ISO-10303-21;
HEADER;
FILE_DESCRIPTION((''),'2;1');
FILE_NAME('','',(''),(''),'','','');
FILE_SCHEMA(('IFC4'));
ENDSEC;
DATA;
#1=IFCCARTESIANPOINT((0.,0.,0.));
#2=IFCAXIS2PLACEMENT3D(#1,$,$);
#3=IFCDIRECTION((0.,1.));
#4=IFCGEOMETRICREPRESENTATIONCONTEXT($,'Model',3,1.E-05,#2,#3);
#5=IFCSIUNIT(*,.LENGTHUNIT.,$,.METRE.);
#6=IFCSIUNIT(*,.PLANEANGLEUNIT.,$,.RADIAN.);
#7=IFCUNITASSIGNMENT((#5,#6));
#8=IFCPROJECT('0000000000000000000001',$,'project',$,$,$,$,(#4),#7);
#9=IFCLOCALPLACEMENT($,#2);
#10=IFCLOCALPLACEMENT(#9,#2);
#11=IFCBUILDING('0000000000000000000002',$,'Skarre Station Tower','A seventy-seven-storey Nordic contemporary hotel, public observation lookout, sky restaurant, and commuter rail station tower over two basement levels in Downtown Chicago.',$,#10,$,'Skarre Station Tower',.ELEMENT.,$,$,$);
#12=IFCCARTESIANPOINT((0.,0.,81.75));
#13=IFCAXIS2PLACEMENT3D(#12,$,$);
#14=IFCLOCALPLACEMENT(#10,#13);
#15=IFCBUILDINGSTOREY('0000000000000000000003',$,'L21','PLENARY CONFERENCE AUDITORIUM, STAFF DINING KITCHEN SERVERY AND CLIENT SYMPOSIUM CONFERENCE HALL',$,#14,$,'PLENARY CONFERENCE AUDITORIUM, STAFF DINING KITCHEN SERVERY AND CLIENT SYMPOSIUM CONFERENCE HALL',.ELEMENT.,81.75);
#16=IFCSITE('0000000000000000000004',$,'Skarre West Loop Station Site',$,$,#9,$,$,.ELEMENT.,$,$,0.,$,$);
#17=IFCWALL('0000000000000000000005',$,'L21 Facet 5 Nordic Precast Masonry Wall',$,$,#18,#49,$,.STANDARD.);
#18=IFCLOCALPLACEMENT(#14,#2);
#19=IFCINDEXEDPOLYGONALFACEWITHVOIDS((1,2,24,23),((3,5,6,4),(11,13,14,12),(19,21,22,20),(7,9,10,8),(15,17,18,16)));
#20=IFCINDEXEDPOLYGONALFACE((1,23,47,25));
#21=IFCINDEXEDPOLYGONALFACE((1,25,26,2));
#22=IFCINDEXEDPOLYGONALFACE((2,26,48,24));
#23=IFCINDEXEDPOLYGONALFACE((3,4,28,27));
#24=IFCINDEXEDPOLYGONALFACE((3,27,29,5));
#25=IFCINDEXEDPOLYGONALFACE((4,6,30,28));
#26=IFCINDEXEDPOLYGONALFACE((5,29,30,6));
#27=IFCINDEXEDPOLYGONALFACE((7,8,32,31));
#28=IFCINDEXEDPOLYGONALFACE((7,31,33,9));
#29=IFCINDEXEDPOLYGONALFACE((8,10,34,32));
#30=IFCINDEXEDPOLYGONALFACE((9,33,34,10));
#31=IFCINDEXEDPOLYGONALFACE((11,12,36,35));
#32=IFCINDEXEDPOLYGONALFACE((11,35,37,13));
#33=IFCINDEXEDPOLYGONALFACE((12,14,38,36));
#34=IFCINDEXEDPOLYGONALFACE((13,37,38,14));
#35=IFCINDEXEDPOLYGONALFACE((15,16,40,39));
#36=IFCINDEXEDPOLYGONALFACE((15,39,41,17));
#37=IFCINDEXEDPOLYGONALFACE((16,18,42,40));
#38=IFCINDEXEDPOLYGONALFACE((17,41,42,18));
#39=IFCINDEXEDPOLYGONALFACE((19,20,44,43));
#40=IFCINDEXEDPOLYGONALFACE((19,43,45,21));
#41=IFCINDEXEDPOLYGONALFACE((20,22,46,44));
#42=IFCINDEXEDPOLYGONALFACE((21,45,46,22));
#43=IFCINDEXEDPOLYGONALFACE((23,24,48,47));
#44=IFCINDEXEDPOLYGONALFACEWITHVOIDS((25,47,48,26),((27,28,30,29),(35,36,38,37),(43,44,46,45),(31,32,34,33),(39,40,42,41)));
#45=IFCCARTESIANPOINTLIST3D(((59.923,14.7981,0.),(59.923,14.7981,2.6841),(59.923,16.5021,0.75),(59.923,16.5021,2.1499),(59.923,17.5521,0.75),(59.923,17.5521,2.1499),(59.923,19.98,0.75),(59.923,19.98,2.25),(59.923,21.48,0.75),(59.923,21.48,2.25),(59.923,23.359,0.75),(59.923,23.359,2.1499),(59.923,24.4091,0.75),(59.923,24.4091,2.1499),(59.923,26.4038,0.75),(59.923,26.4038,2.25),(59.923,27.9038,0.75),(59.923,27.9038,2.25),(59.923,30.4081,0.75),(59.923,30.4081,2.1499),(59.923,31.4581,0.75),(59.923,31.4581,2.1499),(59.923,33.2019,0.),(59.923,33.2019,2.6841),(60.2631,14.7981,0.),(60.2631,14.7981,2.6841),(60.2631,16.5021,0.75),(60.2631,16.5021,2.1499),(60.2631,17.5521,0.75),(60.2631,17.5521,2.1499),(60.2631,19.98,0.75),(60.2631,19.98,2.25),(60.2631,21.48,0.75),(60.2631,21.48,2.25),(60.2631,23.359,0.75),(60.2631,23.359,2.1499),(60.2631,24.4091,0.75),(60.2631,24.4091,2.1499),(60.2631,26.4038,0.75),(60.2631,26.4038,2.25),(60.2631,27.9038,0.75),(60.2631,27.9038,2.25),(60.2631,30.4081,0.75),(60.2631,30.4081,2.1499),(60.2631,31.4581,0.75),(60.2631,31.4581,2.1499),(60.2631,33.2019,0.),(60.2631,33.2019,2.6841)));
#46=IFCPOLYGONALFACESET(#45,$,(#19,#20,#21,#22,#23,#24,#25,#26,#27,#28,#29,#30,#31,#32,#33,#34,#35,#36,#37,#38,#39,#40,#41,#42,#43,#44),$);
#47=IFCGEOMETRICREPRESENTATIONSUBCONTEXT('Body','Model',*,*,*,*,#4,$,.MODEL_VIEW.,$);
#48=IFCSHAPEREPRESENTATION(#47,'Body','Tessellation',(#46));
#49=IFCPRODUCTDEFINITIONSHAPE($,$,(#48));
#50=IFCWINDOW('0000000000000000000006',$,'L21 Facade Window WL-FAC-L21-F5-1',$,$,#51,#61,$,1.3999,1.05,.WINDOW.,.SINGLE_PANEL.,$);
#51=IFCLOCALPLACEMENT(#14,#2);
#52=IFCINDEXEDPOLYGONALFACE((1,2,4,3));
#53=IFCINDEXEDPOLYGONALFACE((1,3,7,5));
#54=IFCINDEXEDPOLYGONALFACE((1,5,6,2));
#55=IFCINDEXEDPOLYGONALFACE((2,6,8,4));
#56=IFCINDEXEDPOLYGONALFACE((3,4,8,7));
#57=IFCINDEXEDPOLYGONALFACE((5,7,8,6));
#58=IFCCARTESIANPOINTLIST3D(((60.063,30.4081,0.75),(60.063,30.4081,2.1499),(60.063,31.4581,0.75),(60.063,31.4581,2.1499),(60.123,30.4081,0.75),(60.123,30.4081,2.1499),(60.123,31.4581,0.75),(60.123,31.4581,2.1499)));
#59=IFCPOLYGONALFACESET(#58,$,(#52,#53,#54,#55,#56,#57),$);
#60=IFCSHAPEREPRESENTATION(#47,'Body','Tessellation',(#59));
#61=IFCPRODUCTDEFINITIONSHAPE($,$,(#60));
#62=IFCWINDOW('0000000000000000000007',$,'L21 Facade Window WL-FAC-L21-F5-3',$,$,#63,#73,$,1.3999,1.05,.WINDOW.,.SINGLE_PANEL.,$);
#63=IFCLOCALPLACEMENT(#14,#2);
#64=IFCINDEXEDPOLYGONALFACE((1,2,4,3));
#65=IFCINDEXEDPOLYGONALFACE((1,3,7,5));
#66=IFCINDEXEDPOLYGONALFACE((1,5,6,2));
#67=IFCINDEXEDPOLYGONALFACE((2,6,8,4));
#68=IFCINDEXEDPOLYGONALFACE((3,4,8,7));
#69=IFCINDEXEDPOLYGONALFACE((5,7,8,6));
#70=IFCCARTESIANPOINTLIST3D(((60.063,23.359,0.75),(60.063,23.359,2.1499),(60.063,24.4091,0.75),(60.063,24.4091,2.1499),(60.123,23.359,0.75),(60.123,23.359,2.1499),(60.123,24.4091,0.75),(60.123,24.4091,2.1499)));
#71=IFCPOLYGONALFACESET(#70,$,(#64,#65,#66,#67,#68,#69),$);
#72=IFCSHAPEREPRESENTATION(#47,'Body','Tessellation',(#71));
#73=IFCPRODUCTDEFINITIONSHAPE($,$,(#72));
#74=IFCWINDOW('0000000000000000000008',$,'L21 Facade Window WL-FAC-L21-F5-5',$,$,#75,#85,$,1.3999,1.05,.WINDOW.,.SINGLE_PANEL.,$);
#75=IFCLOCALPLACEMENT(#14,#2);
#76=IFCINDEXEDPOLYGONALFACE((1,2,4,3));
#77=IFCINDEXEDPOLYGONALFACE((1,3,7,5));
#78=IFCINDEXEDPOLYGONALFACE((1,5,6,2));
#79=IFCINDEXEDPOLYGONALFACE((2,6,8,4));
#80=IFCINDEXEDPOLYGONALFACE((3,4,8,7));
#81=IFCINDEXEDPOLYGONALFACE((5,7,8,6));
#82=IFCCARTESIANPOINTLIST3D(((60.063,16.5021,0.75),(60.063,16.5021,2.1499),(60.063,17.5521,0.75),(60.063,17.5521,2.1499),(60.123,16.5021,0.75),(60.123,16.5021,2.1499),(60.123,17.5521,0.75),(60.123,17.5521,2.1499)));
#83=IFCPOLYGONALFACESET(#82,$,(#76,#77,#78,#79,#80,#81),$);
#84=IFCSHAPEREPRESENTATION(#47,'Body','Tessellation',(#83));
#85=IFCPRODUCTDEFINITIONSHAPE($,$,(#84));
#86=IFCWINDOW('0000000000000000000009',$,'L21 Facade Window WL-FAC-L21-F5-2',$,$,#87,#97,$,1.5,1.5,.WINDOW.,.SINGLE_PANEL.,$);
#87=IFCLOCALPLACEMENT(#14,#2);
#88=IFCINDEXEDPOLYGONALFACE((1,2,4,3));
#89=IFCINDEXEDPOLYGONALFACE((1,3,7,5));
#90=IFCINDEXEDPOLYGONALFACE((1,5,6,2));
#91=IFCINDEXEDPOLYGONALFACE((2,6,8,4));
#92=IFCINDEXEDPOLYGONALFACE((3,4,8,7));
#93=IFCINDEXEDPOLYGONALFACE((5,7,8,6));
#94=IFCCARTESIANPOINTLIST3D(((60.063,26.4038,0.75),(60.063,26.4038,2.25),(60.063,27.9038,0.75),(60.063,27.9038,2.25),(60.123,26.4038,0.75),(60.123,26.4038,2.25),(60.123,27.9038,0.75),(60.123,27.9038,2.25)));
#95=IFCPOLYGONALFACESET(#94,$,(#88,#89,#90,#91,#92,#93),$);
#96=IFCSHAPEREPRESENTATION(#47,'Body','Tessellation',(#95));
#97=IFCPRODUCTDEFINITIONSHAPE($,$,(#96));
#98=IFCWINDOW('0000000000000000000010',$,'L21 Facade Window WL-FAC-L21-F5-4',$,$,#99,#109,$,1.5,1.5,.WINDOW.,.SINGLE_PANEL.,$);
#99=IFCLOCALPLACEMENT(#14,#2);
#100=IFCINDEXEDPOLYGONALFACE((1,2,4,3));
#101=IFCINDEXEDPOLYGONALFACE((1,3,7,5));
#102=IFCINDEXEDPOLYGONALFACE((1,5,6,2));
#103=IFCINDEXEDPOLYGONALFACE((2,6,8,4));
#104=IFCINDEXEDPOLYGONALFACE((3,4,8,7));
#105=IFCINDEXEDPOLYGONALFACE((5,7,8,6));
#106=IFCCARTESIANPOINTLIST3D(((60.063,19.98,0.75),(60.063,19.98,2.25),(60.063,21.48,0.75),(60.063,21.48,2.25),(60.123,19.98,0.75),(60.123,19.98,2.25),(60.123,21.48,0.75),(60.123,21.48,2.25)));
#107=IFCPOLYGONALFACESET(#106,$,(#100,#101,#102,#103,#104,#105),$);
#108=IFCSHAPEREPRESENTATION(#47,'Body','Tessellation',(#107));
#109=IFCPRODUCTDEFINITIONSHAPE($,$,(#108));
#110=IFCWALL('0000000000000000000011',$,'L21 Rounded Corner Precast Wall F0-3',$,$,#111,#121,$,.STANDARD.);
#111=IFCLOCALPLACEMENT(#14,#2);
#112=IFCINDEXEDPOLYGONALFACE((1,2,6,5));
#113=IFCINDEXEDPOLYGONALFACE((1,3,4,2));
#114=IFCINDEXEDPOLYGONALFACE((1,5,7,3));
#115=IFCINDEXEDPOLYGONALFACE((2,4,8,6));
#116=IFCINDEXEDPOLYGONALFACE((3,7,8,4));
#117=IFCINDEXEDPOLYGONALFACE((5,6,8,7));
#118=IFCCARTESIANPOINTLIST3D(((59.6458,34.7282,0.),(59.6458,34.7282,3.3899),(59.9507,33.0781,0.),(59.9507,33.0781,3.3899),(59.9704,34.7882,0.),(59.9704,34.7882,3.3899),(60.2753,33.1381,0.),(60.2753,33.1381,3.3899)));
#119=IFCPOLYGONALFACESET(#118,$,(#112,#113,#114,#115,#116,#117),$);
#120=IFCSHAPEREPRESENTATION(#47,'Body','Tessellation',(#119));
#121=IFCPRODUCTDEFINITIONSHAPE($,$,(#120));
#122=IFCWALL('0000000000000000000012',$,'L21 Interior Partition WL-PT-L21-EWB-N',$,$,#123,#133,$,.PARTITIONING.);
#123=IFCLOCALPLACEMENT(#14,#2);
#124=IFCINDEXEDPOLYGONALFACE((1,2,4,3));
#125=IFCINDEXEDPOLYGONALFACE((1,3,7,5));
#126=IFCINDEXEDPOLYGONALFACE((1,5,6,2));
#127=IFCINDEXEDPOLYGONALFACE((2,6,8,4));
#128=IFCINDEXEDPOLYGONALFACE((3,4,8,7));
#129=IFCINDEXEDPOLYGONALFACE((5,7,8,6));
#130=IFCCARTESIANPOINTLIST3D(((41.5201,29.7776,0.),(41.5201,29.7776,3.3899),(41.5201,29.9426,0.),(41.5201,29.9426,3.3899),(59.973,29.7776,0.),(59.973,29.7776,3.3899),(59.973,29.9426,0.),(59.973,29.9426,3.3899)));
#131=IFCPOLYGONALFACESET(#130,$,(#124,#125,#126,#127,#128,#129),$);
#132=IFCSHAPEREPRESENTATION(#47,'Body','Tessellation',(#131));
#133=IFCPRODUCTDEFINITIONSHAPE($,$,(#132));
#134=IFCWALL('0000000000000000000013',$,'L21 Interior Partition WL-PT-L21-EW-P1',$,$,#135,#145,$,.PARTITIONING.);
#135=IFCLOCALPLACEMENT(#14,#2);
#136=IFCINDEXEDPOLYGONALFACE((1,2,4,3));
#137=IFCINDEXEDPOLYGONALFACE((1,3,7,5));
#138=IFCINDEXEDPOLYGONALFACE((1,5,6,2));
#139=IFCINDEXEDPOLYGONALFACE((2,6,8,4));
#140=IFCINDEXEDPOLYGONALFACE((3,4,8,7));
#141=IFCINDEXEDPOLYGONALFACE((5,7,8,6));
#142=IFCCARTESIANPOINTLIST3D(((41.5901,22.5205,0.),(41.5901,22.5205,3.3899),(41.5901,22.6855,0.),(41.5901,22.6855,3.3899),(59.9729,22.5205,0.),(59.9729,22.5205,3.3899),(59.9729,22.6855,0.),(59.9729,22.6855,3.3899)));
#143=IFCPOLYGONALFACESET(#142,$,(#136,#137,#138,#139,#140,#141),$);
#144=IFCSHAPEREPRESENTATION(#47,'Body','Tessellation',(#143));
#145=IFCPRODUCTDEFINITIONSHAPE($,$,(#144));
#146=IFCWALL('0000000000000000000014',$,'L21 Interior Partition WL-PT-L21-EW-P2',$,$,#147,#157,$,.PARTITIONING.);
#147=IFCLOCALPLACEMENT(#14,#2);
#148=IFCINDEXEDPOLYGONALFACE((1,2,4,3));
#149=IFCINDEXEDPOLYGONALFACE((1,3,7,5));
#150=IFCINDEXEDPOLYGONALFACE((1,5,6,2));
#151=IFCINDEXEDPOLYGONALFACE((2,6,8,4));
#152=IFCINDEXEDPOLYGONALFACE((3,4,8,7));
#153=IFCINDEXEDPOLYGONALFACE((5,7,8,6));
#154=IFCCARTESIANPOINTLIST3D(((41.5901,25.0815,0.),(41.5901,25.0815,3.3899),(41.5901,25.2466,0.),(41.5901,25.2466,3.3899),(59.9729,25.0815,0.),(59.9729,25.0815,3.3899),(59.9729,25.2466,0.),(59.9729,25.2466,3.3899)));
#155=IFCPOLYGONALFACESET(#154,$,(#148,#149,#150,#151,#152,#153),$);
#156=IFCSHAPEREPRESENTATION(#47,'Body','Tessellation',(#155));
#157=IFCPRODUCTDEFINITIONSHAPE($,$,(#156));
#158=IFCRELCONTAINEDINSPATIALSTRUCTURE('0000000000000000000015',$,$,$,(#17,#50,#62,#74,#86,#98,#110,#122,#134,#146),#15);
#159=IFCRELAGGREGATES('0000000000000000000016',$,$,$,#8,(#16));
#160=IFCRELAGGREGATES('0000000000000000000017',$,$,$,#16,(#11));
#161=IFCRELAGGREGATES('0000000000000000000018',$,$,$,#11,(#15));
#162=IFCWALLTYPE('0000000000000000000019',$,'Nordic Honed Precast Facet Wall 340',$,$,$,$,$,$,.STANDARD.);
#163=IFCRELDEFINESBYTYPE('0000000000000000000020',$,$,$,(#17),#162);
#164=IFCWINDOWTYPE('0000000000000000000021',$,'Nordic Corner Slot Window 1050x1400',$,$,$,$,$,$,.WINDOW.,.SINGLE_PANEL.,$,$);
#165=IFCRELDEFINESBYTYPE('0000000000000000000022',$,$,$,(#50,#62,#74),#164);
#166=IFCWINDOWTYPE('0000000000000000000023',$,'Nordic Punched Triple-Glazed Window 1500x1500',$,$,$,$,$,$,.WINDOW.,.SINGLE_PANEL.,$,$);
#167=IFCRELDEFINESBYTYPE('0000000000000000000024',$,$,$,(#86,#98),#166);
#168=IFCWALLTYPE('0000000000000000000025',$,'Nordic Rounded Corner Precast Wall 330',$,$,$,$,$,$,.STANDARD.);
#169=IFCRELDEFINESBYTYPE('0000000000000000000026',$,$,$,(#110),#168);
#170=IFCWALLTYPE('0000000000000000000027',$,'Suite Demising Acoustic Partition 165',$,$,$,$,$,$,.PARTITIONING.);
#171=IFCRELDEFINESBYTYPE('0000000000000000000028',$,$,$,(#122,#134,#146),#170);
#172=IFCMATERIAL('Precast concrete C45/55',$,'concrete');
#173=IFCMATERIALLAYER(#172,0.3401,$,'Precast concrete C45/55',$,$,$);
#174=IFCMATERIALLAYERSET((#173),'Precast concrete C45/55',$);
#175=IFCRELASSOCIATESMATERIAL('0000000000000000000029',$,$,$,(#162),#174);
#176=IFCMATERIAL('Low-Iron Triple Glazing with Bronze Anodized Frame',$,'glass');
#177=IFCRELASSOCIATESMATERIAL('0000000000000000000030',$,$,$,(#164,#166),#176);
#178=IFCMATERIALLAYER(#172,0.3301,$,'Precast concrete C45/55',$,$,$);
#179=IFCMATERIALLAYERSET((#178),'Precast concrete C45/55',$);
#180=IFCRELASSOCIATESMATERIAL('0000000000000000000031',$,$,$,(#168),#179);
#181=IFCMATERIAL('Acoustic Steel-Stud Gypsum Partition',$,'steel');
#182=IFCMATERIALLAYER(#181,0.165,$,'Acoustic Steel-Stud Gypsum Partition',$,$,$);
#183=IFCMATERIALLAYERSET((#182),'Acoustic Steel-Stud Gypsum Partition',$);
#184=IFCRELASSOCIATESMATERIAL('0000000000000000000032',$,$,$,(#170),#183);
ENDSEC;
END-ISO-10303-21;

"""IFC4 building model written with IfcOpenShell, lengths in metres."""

from ifc_helpers import new_model, si_unit, direction, frame, frame_2d, origin, place, context, subcontext, project, spatial, rectangle, extrude, material, layer, layer_set, type_object, element, fill, save


model = new_model("IFC4")

# Units and contexts
model_context = context("Model", 3, precision=1e-05, world=origin(), true_north=direction((0.0, 1.0)))
body_context = subcontext(model_context, "Body", "Model", "MODEL_VIEW")
ifc_project = project(units=[si_unit("LENGTHUNIT", "METRE"), si_unit("PLANEANGLEUNIT", "RADIAN")], contexts=[model_context])

# Site, building, storey
site_placement = place(None, origin())
site = spatial("IfcSite", under=ifc_project, at=site_placement, Name="Skarre West Loop Station Site", CompositionType="ELEMENT", RefElevation=0.0)
building_placement = place(site_placement, origin())
building = spatial("IfcBuilding", under=site, at=building_placement, Name="Skarre Station Tower", Description="A seventy-seven-storey Nordic contemporary hotel, public observation lookout, sky restaurant, and commuter rail station tower over two basement levels in Downtown Chicago.", LongName="Skarre Station Tower", CompositionType="ELEMENT")
storey_placement = place(building_placement, frame((0.0, 0.0, 81.75)))
storey = spatial("IfcBuildingStorey", under=building, at=storey_placement, Name="L21", Description="PLENARY CONFERENCE AUDITORIUM, STAFF DINING KITCHEN SERVERY AND CLIENT SYMPOSIUM CONFERENCE HALL", LongName="PLENARY CONFERENCE AUDITORIUM, STAFF DINING KITCHEN SERVERY AND CLIENT SYMPOSIUM CONFERENCE HALL", CompositionType="ELEMENT", Elevation=81.75)

# Shared definitions
ifc_material_1 = material(Name="Acoustic Steel-Stud Gypsum Partition", Category="steel")

# Wall, openings, windows
ifc_material_2 = material(Name="Precast concrete C45/55", Category="concrete")
ifc_layer_1 = layer(ifc_material_2, 0.3401, Name="Precast concrete C45/55")
ifc_layer_set_1 = layer_set([ifc_layer_1], Name="Precast concrete C45/55")
wall_type_1 = type_object("IfcWallType", Name="Nordic Honed Precast Facet Wall 340", PredefinedType="STANDARD", material=ifc_layer_set_1)
wall_1_placement = place(storey_placement, frame((60.093, 33.2019, 0.0), z_axis=(0.0, 0.0, 1.0), x_axis=(0.0, -1.0, 0.0)))
wall_1 = element("IfcWall", 1, at=wall_1_placement, inside=storey, type_object=wall_type_1, Name="L21 Facet 5 Nordic Precast Masonry Wall", PredefinedType="STANDARD", context=body_context, shape_type="SweptSolid", body=[
    extrude(rectangle(XDim=18.4038, YDim=0.3401, at=frame_2d((9.2019, 0.0))), origin(), (0.0, 0.0, 1.0), 2.6841),
])
opening_1_placement = place(wall_1_placement, frame((1.7439, 0.0, 0.75)))
opening_1 = element("IfcOpeningElement", 2, at=opening_1_placement, cuts=wall_1, PredefinedType="OPENING", context=body_context, shape_type="SweptSolid", body=[
    extrude(rectangle(XDim=1.05, YDim=1.3999, at=frame_2d((0.5249, 0.7))), frame((0.0, 0.1799, 0.0), z_axis=(0.0, -1.0, 0.0), x_axis=(1.0, 0.0, 0.0)), (0.0, 0.0, 1.0), 0.3601),
])
opening_2_placement = place(wall_1_placement, frame((5.2981, 0.0, 0.75)))
opening_2 = element("IfcOpeningElement", 3, at=opening_2_placement, cuts=wall_1, PredefinedType="OPENING", context=body_context, shape_type="SweptSolid", body=[
    extrude(rectangle(XDim=1.5, YDim=1.5, at=frame_2d((0.75, 0.75))), frame((0.0, 0.1799, 0.0), z_axis=(0.0, -1.0, 0.0), x_axis=(1.0, 0.0, 0.0)), (0.0, 0.0, 1.0), 0.3601),
])
opening_3_placement = place(wall_1_placement, frame((8.793, 0.0, 0.75)))
opening_3 = element("IfcOpeningElement", 4, at=opening_3_placement, cuts=wall_1, PredefinedType="OPENING", context=body_context, shape_type="SweptSolid", body=[
    extrude(rectangle(XDim=1.05, YDim=1.3999, at=frame_2d((0.5249, 0.7))), frame((0.0, 0.1799, 0.0), z_axis=(0.0, -1.0, 0.0), x_axis=(1.0, 0.0, 0.0)), (0.0, 0.0, 1.0), 0.3601),
])
opening_4_placement = place(wall_1_placement, frame((11.7219, 0.0, 0.75)))
opening_4 = element("IfcOpeningElement", 5, at=opening_4_placement, cuts=wall_1, PredefinedType="OPENING", context=body_context, shape_type="SweptSolid", body=[
    extrude(rectangle(XDim=1.5, YDim=1.5, at=frame_2d((0.75, 0.75))), frame((0.0, 0.1799, 0.0), z_axis=(0.0, -1.0, 0.0), x_axis=(1.0, 0.0, 0.0)), (0.0, 0.0, 1.0), 0.3601),
])
opening_5_placement = place(wall_1_placement, frame((15.6499, 0.0, 0.75)))
opening_5 = element("IfcOpeningElement", 6, at=opening_5_placement, cuts=wall_1, PredefinedType="OPENING", context=body_context, shape_type="SweptSolid", body=[
    extrude(rectangle(XDim=1.05, YDim=1.3999, at=frame_2d((0.5249, 0.7))), frame((0.0, 0.1799, 0.0), z_axis=(0.0, -1.0, 0.0), x_axis=(1.0, 0.0, 0.0)), (0.0, 0.0, 1.0), 0.3601),
])
ifc_material_3 = material(Name="Low-Iron Triple Glazing with Bronze Anodized Frame", Category="glass")
window_type_1 = type_object("IfcWindowType", Name="Nordic Corner Slot Window 1050x1400", PartitioningType="SINGLE_PANEL", PredefinedType="WINDOW", material=ifc_material_3)
window_1_placement = place(opening_1_placement, origin())
window_1 = element("IfcWindow", 7, at=window_1_placement, inside=storey, type_object=window_type_1, Name="L21 Facade Window WL-FAC-L21-F5-1", OverallHeight=1.3999, OverallWidth=1.05, PartitioningType="SINGLE_PANEL", PredefinedType="WINDOW", context=body_context, shape_type="SweptSolid", body=[
    extrude(rectangle(XDim=1.05, YDim=1.3999, at=frame_2d((0.5249, 0.7))), frame((0.0, 0.03, 0.0), z_axis=(0.0, -1.0, 0.0), x_axis=(1.0, 0.0, 0.0)), (0.0, 0.0, 1.0), 0.0601),
])
fill(opening_1, window_1)
window_2_placement = place(opening_3_placement, origin())
window_2 = element("IfcWindow", 8, at=window_2_placement, inside=storey, type_object=window_type_1, Name="L21 Facade Window WL-FAC-L21-F5-3", OverallHeight=1.3999, OverallWidth=1.05, PartitioningType="SINGLE_PANEL", PredefinedType="WINDOW", context=body_context, shape_type="SweptSolid", body=[
    extrude(rectangle(XDim=1.05, YDim=1.3999, at=frame_2d((0.5249, 0.7))), frame((0.0, 0.03, 0.0), z_axis=(0.0, -1.0, 0.0), x_axis=(1.0, 0.0, 0.0)), (0.0, 0.0, 1.0), 0.0601),
])
fill(opening_3, window_2)
window_3_placement = place(opening_5_placement, origin())
window_3 = element("IfcWindow", 9, at=window_3_placement, inside=storey, type_object=window_type_1, Name="L21 Facade Window WL-FAC-L21-F5-5", OverallHeight=1.3999, OverallWidth=1.05, PartitioningType="SINGLE_PANEL", PredefinedType="WINDOW", context=body_context, shape_type="SweptSolid", body=[
    extrude(rectangle(XDim=1.05, YDim=1.3999, at=frame_2d((0.5249, 0.7))), frame((0.0, 0.03, 0.0), z_axis=(0.0, -1.0, 0.0), x_axis=(1.0, 0.0, 0.0)), (0.0, 0.0, 1.0), 0.0601),
])
fill(opening_5, window_3)
window_type_2 = type_object("IfcWindowType", Name="Nordic Punched Triple-Glazed Window 1500x1500", PartitioningType="SINGLE_PANEL", PredefinedType="WINDOW", material=ifc_material_3)
window_4_placement = place(opening_2_placement, origin())
window_4 = element("IfcWindow", 10, at=window_4_placement, inside=storey, type_object=window_type_2, Name="L21 Facade Window WL-FAC-L21-F5-2", OverallHeight=1.5, OverallWidth=1.5, PartitioningType="SINGLE_PANEL", PredefinedType="WINDOW", context=body_context, shape_type="SweptSolid", body=[
    extrude(rectangle(XDim=1.5, YDim=1.5, at=frame_2d((0.75, 0.75))), frame((0.0, 0.03, 0.0), z_axis=(0.0, -1.0, 0.0), x_axis=(1.0, 0.0, 0.0)), (0.0, 0.0, 1.0), 0.0601),
])
fill(opening_2, window_4)
window_5_placement = place(opening_4_placement, origin())
window_5 = element("IfcWindow", 11, at=window_5_placement, inside=storey, type_object=window_type_2, Name="L21 Facade Window WL-FAC-L21-F5-4", OverallHeight=1.5, OverallWidth=1.5, PartitioningType="SINGLE_PANEL", PredefinedType="WINDOW", context=body_context, shape_type="SweptSolid", body=[
    extrude(rectangle(XDim=1.5, YDim=1.5, at=frame_2d((0.75, 0.75))), frame((0.0, 0.03, 0.0), z_axis=(0.0, -1.0, 0.0), x_axis=(1.0, 0.0, 0.0)), (0.0, 0.0, 1.0), 0.0601),
])
fill(opening_4, window_5)

# Walls
ifc_layer_2 = layer(ifc_material_2, 0.3301, Name="Precast concrete C45/55")
ifc_layer_set_2 = layer_set([ifc_layer_2], Name="Precast concrete C45/55")
wall_type_2 = type_object("IfcWallType", Name="Nordic Rounded Corner Precast Wall 330", PredefinedType="STANDARD", material=ifc_layer_set_2)
wall_2_placement = place(storey_placement, frame((59.8081, 34.7581, 0.0), z_axis=(0.0, 0.0, 1.0), x_axis=(0.181714, -0.983351, 0.0)))
element("IfcWall", 12, at=wall_2_placement, inside=storey, type_object=wall_type_2, Name="L21 Rounded Corner Precast Wall F0-3", PredefinedType="STANDARD", context=body_context, shape_type="SweptSolid", body=[
    extrude(rectangle(XDim=1.678, YDim=0.3301, at=frame_2d((0.8389, 0.0))), origin(), (0.0, 0.0, 1.0), 3.3899),
])
ifc_layer_3 = layer(ifc_material_1, 0.165, Name="Acoustic Steel-Stud Gypsum Partition")
ifc_layer_set_3 = layer_set([ifc_layer_3], Name="Acoustic Steel-Stud Gypsum Partition")
wall_type_3 = type_object("IfcWallType", Name="Suite Demising Acoustic Partition 165", PredefinedType="PARTITIONING", material=ifc_layer_set_3)
wall_3_placement = place(storey_placement, frame((41.52, 29.8601, 0.0), z_axis=(0.0, 0.0, 1.0), x_axis=(1.0, 0.0, 0.0)))
element("IfcWall", 13, at=wall_3_placement, inside=storey, type_object=wall_type_3, Name="L21 Interior Partition WL-PT-L21-EWB-N", PredefinedType="PARTITIONING", context=body_context, shape_type="SweptSolid", body=[
    extrude(rectangle(XDim=18.4529, YDim=0.165, at=frame_2d((9.2266, 0.0))), origin(), (0.0, 0.0, 1.0), 3.3899),
])
for number, where, z_axis, x_axis, name in (
    (14, (41.5901, 22.603, 0.0), (0.0, 0.0, 1.0), (1.0, 0.0, 0.0), "L21 Interior Partition WL-PT-L21-EW-P1"),
    (15, (41.5901, 25.1641, 0.0), (0.0, 0.0, 1.0), (1.0, 0.0, 0.0), "L21 Interior Partition WL-PT-L21-EW-P2"),
):
    element("IfcWall", number, at=place(storey_placement, frame(where, z_axis=z_axis, x_axis=x_axis)), inside=storey, type_object=wall_type_3, Name=name, PredefinedType="PARTITIONING", context=body_context, shape_type="SweptSolid", body=[
        extrude(rectangle(XDim=18.3828, YDim=0.165, at=frame_2d((9.1914, 0.0))), origin(), (0.0, 0.0, 1.0), 3.3899),
    ])

save(model, "model.ifc")
